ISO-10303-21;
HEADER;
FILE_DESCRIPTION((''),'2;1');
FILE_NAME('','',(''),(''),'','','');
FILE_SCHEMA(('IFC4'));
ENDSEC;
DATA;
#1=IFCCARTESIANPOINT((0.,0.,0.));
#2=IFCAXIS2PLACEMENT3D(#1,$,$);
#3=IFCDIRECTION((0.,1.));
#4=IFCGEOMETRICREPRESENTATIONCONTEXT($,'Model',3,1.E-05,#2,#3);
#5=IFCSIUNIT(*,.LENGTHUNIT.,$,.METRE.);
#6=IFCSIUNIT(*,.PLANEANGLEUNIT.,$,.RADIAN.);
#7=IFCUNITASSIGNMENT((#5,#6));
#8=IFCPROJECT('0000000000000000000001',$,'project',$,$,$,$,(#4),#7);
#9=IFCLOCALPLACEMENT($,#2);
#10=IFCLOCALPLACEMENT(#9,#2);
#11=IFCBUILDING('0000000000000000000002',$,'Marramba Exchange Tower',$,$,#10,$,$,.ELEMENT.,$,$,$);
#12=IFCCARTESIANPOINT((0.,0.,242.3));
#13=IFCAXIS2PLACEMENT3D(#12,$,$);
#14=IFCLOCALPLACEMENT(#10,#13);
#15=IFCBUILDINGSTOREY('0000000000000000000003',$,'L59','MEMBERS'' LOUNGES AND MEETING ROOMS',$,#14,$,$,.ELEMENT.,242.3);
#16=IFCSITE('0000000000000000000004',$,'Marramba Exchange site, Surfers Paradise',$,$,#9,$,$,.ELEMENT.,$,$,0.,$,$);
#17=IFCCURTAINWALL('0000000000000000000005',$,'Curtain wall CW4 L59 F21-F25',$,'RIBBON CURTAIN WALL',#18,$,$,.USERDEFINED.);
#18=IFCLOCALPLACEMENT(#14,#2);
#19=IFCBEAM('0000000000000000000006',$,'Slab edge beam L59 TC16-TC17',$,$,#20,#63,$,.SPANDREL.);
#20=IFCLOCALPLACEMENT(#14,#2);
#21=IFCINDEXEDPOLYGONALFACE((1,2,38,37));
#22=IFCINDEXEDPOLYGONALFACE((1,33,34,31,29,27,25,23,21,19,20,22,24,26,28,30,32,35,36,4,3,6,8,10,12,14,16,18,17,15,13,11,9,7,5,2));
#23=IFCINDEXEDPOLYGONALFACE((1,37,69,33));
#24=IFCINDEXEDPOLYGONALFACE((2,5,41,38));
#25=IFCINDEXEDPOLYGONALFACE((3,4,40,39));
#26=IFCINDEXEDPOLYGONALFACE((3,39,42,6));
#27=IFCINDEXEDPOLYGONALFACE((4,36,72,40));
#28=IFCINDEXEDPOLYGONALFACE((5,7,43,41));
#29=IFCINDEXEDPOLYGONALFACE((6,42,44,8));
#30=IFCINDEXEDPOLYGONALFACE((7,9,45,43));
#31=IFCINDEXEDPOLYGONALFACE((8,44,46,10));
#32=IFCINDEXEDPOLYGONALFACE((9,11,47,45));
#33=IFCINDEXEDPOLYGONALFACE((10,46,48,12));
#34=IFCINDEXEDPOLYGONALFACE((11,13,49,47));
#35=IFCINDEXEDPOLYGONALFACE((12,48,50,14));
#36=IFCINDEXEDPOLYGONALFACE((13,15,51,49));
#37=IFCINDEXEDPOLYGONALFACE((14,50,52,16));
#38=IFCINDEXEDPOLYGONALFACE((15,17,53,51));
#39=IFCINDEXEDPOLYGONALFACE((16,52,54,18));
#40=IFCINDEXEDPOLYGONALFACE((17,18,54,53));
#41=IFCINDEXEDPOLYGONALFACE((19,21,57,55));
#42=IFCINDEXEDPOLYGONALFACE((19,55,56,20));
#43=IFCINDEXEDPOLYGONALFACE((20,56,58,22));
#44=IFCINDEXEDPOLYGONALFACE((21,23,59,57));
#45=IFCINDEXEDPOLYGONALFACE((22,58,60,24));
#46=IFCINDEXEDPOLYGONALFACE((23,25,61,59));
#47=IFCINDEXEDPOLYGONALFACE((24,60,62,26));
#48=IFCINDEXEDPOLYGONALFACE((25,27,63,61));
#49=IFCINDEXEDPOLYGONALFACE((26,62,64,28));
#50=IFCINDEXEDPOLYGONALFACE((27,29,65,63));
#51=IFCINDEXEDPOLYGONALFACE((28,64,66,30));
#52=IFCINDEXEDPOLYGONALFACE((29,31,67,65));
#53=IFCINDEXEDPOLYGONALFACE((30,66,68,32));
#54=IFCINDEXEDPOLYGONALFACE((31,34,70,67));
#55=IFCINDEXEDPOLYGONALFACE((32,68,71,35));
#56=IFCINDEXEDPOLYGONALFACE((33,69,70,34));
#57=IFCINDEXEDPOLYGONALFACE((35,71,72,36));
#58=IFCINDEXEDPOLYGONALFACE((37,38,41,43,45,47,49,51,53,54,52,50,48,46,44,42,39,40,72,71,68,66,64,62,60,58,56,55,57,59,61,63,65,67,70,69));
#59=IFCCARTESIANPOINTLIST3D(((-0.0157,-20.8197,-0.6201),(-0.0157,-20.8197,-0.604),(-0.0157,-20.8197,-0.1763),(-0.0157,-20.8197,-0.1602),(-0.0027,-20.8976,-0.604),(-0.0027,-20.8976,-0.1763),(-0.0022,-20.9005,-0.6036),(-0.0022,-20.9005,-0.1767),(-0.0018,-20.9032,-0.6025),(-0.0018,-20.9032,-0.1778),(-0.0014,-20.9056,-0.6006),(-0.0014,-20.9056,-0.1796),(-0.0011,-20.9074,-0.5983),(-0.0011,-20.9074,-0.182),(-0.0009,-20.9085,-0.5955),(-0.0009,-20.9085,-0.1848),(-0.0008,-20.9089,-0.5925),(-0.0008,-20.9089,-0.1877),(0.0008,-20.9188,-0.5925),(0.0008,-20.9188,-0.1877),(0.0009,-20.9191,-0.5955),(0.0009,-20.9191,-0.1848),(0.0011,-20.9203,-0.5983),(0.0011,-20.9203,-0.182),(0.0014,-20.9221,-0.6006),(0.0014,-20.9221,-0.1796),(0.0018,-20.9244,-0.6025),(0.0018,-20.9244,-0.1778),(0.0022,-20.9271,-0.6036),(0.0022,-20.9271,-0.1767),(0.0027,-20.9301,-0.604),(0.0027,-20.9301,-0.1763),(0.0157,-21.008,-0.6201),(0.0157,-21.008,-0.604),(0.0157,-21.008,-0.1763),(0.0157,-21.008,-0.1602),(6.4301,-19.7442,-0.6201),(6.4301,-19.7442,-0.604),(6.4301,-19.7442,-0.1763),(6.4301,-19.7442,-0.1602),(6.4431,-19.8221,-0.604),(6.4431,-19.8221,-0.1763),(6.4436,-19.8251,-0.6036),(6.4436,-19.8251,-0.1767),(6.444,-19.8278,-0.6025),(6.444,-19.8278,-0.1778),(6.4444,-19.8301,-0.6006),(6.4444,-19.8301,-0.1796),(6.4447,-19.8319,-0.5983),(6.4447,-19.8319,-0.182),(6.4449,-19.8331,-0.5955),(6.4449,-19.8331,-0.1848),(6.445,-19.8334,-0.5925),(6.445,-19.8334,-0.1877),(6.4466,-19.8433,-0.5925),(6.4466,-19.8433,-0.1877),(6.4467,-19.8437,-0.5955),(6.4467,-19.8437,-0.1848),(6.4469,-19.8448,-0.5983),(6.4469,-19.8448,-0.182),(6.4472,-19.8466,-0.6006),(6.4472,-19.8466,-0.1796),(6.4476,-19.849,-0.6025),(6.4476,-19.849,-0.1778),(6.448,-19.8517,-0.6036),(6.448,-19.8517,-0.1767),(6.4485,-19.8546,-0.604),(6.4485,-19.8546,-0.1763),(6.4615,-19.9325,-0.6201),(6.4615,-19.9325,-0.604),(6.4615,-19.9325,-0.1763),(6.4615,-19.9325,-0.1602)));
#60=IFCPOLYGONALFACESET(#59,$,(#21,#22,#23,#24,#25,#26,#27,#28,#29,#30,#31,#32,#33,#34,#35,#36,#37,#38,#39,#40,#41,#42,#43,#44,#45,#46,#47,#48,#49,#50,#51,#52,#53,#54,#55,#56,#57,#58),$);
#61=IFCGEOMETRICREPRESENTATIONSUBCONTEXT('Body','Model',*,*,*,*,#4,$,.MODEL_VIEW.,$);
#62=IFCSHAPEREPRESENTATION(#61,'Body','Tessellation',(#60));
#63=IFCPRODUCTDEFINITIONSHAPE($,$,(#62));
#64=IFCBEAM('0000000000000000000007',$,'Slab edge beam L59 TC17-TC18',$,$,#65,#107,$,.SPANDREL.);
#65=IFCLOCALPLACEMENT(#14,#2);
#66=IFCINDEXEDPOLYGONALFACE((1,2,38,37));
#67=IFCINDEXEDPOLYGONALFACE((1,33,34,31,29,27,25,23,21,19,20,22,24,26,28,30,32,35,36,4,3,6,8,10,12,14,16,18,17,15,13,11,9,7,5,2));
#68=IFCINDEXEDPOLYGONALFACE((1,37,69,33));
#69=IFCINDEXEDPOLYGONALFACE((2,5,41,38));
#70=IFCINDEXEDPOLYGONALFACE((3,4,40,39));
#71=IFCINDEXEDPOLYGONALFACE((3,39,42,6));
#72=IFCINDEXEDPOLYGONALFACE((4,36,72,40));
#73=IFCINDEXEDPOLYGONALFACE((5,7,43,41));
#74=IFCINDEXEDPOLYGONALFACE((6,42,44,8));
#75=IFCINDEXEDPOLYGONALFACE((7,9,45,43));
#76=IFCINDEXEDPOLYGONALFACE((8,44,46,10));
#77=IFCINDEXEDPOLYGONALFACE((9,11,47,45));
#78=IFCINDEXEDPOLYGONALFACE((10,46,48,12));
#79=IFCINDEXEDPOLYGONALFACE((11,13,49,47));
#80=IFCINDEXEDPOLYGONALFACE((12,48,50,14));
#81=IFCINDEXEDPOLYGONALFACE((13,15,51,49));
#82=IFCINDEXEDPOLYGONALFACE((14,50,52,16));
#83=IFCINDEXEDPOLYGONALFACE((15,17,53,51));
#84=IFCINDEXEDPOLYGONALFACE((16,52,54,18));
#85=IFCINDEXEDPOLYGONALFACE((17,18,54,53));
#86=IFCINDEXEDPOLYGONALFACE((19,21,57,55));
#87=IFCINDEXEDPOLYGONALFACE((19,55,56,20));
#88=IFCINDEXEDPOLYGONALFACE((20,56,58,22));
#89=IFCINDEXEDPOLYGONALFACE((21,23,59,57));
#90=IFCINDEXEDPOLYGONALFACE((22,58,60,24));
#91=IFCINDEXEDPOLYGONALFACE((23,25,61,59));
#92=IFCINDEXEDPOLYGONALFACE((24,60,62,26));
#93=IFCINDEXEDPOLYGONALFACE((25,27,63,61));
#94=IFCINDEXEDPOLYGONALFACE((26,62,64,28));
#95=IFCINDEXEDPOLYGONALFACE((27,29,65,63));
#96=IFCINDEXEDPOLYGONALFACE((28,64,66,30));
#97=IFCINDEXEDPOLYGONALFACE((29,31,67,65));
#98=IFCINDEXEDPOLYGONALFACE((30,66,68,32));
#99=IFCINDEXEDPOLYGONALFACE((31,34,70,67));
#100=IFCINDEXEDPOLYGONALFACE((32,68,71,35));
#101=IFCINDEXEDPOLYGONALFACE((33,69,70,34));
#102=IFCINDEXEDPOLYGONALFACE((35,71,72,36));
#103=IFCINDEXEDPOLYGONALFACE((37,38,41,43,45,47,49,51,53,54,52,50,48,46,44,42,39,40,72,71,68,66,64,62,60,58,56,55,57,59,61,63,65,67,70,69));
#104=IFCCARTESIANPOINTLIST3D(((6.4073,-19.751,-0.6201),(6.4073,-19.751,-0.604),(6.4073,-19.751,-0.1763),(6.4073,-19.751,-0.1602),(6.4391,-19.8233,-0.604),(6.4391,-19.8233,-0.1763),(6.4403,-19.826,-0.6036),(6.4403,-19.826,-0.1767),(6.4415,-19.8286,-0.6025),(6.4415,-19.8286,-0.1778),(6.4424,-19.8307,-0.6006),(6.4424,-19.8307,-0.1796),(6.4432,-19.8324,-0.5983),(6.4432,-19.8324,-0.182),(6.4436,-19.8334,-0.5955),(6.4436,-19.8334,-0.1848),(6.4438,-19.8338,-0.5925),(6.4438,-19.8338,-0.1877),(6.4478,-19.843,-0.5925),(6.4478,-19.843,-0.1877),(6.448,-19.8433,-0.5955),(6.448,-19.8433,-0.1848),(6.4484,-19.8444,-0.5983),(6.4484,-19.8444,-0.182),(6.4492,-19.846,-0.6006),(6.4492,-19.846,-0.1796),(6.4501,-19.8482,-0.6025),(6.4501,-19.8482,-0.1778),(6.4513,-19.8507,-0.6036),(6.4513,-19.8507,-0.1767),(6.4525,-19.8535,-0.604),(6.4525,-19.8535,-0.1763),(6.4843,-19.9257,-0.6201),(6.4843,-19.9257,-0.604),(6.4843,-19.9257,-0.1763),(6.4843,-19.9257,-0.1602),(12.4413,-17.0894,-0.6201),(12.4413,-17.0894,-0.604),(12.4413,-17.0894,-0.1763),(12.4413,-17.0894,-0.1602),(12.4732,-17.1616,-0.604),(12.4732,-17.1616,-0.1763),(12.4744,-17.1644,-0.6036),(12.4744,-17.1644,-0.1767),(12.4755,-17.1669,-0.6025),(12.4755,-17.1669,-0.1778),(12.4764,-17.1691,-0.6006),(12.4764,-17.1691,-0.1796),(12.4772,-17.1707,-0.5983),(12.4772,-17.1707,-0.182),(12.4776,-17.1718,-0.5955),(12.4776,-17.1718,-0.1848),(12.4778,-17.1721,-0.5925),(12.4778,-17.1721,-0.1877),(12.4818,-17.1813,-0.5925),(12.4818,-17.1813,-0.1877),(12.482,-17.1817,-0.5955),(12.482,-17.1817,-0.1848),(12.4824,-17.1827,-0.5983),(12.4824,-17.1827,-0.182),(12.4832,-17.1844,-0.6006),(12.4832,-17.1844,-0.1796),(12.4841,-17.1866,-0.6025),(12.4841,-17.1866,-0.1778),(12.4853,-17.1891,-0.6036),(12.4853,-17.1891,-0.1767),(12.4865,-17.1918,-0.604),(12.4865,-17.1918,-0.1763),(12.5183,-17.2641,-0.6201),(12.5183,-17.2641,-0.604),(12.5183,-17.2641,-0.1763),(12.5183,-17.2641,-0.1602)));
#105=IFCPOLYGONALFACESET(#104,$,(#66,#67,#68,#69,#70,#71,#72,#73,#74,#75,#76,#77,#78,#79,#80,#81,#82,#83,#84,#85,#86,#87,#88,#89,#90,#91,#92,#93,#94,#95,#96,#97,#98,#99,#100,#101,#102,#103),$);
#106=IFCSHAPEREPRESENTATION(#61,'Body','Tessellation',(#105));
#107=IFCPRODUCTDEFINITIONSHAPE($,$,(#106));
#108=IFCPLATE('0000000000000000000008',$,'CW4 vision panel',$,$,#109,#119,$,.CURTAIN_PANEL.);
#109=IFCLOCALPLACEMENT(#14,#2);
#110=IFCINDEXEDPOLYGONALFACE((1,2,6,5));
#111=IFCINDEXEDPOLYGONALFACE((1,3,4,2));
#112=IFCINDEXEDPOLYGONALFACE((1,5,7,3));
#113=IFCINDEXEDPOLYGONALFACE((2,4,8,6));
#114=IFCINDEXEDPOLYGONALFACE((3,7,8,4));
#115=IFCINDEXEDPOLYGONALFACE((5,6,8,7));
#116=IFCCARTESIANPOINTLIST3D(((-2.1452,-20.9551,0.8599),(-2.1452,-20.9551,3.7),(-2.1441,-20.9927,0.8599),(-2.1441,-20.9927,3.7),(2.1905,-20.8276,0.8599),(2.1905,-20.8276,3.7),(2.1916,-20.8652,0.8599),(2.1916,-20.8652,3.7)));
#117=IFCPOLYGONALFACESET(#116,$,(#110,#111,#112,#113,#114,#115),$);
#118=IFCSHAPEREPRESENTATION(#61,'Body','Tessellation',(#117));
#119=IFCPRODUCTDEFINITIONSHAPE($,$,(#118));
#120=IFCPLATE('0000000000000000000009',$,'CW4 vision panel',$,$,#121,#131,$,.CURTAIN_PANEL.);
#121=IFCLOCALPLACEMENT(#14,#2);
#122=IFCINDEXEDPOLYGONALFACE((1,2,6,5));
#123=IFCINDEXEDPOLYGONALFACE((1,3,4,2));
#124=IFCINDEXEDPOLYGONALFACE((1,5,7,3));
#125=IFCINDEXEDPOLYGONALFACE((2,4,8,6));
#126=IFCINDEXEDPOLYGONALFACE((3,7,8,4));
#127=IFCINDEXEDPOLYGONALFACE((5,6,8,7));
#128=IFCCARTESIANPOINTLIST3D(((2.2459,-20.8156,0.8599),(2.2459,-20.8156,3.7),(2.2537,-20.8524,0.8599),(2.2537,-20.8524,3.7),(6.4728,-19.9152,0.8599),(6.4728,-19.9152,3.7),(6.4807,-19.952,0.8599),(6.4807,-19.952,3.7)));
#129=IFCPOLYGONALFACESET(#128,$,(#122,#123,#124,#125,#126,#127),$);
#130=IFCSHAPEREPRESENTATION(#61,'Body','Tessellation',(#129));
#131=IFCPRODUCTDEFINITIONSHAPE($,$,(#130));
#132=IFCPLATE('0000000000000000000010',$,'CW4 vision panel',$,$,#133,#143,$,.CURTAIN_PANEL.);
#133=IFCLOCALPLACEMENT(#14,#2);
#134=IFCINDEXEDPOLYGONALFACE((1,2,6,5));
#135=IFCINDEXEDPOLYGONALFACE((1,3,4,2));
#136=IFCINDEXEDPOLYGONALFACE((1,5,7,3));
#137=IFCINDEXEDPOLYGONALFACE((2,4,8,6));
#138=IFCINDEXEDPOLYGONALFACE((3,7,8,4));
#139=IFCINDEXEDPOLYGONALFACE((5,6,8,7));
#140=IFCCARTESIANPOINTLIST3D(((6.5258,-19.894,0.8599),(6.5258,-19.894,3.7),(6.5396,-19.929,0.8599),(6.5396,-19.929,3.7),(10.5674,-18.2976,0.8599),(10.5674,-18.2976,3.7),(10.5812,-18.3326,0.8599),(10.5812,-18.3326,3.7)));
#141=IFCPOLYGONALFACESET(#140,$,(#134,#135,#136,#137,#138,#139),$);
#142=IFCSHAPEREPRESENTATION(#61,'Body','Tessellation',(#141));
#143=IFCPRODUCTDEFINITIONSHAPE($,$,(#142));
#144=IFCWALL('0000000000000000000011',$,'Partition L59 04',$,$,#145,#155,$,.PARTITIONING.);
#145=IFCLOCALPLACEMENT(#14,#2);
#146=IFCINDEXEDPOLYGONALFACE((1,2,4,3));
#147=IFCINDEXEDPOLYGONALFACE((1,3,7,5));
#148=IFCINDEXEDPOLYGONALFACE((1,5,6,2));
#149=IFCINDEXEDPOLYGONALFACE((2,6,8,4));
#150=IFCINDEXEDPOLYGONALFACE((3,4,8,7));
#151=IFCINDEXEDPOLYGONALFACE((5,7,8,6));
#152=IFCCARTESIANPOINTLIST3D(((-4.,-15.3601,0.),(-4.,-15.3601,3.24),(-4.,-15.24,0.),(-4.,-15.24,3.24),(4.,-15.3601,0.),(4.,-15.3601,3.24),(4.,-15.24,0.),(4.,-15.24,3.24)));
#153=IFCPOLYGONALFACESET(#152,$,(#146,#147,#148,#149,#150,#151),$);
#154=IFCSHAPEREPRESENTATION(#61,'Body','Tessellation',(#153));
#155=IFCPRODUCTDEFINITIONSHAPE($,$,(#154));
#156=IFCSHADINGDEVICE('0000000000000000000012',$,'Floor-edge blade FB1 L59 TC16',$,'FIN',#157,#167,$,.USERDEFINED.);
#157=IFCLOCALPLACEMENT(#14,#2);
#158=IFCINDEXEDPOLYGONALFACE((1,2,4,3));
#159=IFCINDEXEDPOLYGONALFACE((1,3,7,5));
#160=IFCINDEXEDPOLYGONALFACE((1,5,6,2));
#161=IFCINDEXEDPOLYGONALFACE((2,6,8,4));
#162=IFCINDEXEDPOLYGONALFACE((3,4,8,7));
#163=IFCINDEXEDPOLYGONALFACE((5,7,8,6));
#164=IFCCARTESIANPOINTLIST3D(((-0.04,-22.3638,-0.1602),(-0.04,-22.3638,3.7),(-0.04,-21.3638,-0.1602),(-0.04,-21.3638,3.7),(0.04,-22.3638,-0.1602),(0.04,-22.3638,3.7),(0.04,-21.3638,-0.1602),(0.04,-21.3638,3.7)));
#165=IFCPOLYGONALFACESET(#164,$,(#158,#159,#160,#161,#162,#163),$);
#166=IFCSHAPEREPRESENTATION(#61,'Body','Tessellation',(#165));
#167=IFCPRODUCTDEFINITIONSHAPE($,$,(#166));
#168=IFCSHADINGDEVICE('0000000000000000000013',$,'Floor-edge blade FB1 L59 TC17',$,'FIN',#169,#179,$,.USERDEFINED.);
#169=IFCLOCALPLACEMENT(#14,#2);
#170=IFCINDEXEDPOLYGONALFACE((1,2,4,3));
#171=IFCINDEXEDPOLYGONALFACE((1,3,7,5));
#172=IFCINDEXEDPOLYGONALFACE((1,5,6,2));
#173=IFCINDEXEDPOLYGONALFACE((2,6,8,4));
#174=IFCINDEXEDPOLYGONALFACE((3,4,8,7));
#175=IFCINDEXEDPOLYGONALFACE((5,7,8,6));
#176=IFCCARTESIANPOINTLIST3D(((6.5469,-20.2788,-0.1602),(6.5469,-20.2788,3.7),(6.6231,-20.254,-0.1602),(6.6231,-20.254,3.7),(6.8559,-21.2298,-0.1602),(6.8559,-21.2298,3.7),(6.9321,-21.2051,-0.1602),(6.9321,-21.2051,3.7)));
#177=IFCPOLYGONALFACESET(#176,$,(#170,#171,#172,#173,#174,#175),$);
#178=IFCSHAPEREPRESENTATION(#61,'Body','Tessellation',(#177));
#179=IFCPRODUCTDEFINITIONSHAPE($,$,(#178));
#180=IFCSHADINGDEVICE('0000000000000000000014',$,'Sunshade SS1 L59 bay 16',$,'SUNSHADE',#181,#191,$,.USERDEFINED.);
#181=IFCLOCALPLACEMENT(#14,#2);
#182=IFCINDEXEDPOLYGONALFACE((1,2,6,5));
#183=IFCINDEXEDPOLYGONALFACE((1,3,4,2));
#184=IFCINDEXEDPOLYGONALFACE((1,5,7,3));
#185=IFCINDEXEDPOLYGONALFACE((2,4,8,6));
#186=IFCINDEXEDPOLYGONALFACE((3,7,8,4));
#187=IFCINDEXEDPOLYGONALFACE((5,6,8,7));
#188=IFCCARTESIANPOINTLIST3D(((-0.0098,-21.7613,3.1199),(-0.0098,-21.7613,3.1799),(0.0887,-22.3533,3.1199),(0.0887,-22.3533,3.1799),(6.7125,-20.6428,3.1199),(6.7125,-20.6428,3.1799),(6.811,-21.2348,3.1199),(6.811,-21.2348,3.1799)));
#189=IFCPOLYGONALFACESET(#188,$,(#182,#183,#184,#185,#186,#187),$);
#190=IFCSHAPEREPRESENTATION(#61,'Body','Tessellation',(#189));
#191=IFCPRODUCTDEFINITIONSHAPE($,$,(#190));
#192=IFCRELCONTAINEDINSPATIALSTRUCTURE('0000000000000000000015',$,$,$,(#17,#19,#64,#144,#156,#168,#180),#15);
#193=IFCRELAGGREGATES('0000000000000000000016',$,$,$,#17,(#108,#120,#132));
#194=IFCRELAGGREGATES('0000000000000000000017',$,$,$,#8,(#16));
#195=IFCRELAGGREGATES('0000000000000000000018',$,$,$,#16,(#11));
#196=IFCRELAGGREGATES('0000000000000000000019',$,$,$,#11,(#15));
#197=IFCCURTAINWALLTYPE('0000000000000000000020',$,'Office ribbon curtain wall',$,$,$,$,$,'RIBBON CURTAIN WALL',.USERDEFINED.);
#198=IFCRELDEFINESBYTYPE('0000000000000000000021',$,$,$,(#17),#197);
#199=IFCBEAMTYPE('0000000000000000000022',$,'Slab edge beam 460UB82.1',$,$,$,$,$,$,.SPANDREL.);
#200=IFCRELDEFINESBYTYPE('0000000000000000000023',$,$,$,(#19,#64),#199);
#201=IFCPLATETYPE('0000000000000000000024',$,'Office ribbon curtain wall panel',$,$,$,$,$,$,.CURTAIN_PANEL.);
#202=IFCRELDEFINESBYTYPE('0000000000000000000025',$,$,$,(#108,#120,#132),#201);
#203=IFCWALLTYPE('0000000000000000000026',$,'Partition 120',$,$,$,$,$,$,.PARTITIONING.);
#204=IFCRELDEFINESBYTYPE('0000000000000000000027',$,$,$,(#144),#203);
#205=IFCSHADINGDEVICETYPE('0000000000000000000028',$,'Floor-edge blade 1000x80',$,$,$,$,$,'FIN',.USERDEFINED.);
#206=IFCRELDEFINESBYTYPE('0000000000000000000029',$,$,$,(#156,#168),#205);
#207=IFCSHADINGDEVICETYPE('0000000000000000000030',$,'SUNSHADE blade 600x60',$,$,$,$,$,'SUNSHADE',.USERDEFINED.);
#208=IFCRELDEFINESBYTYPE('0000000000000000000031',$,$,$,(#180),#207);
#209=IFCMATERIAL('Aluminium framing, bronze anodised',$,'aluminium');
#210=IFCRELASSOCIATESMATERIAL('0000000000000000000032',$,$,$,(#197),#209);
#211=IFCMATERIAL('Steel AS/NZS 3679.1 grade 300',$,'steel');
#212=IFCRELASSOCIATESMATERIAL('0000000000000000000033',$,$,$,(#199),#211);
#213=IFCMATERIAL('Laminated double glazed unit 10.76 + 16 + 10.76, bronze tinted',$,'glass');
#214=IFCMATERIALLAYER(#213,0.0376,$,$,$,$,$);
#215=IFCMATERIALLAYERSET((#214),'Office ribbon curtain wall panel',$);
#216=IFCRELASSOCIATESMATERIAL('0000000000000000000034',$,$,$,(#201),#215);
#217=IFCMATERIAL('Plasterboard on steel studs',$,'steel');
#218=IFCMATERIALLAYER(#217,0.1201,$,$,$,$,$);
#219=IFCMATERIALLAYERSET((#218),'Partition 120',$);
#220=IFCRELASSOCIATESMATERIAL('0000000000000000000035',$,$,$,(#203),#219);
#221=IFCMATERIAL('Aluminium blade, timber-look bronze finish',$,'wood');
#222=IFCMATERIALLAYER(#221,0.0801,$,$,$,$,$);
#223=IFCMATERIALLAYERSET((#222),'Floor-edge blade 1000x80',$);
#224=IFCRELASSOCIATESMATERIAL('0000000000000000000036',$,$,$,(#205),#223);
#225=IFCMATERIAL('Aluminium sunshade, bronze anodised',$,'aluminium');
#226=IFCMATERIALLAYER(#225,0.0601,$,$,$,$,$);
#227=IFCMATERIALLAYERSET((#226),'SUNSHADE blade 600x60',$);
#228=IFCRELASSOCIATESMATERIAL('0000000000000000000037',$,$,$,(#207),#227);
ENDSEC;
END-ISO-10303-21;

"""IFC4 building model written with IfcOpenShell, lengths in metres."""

from ifc_helpers import new_model, si_unit, direction, frame, frame_2d, origin, origin_2d, place, context, subcontext, project, spatial, rectangle, i_section, extrude, material, layer, layer_set, material_profile, profile_set, type_object, element, aggregate, save


model = new_model("IFC4")

# Units and contexts
model_context = context("Model", 3, precision=1e-05, world=origin(), true_north=direction((0.0, 1.0)))
body_context = subcontext(model_context, "Body", "Model", "MODEL_VIEW")
ifc_project = project(units=[si_unit("LENGTHUNIT", "METRE"), si_unit("PLANEANGLEUNIT", "RADIAN")], contexts=[model_context])

# Site, building, storey
site_placement = place(None, origin())
site = spatial("IfcSite", under=ifc_project, at=site_placement, Name="Marramba Exchange site, Surfers Paradise", CompositionType="ELEMENT", RefElevation=0.0)
building_placement = place(site_placement, origin())
building = spatial("IfcBuilding", under=site, at=building_placement, Name="Marramba Exchange Tower", CompositionType="ELEMENT")
storey_placement = place(building_placement, frame((0.0, 0.0, 242.3)))
storey = spatial("IfcBuildingStorey", under=building, at=storey_placement, Name="L59", Description="MEMBERS' LOUNGES AND MEETING ROOMS", CompositionType="ELEMENT", Elevation=242.3)

# Shared definitions
ifc_material_1 = material(Name="Steel AS/NZS 3679.1 grade 300", Category="steel")

# Curtain wall
ifc_material_2 = material(Name="Aluminium framing, bronze anodised", Category="aluminium")
curtain_wall_type = type_object("IfcCurtainWallType", Name="Office ribbon curtain wall", ElementType="RIBBON CURTAIN WALL", PredefinedType="USERDEFINED", material=ifc_material_2)
curtain_wall_placement = place(storey_placement, origin())
curtain_wall = element("IfcCurtainWall", 1, at=curtain_wall_placement, inside=storey, type_object=curtain_wall_type, Name="Curtain wall CW4 L59 F21-F25", ObjectType="RIBBON CURTAIN WALL", PredefinedType="USERDEFINED")

# Beams
ifc_material_profile_1 = material_profile(ifc_material_1, i_section(OverallWidth=0.1909, OverallDepth=0.46, WebThickness=0.01, FlangeThickness=0.0161, FilletRadius=0.0115, at=origin_2d()), Name="460UB82.1")
ifc_profile_set_1 = profile_set([ifc_material_profile_1], Name="Steel AS/NZS 3679.1 grade 300")
beam_type_1 = type_object("IfcBeamType", Name="Slab edge beam 460UB82.1", PredefinedType="SPANDREL", material=ifc_profile_set_1)
beam_1_placement = place(storey_placement, frame((0.0, -20.9138, -0.3901), z_axis=(0.986366, 0.164569, 0.0), x_axis=(-0.164569, 0.986366, 0.0)))
element("IfcBeam", 2, at=beam_1_placement, inside=storey, type_object=beam_type_1, Name="Slab edge beam L59 TC16-TC17", PredefinedType="SPANDREL", context=body_context, shape_type="SweptSolid", body=[
    extrude(i_section(OverallWidth=0.1909, OverallDepth=0.46, WebThickness=0.01, FlangeThickness=0.0161, FilletRadius=0.0115, at=origin_2d()), origin(), (0.0, 0.0, 1.0), 6.5349),
])
beam_2_placement = place(storey_placement, frame((6.4458, -19.8384, -0.3901), z_axis=(0.914941, 0.403588, 0.0), x_axis=(-0.403588, 0.914941, 0.0)))
element("IfcBeam", 3, at=beam_2_placement, inside=storey, type_object=beam_type_1, Name="Slab edge beam L59 TC17-TC18", PredefinedType="SPANDREL", context=body_context, shape_type="SweptSolid", body=[
    extrude(i_section(OverallWidth=0.1909, OverallDepth=0.46, WebThickness=0.01, FlangeThickness=0.0161, FilletRadius=0.0115, at=origin_2d()), origin(), (0.0, 0.0, 1.0), 6.595),
])

# Plates
ifc_material_3 = material(Name="Laminated double glazed unit 10.76 + 16 + 10.76, bronze tinted", Category="glass")
ifc_layer_1 = layer(ifc_material_3, 0.0376)
ifc_layer_set_1 = layer_set([ifc_layer_1], Name="Office ribbon curtain wall panel")
plate_type = type_object("IfcPlateType", Name="Office ribbon curtain wall panel", PredefinedType="CURTAIN_PANEL", material=ifc_layer_set_1)
plate_1_placement = place(storey_placement, frame((0.0232, -20.9102, 0.8599), z_axis=(0.0, 0.0, 1.0), x_axis=(0.999568, 0.029393, 0.0)))
plate_1 = element("IfcPlate", 4, at=plate_1_placement, type_object=plate_type, Name="CW4 vision panel", PredefinedType="CURTAIN_PANEL", context=body_context, shape_type="SweptSolid", body=[
    extrude(rectangle(XDim=4.3376, YDim=0.0376, at=origin_2d()), origin(), (0.0, 0.0, 1.0), 2.8401),
])
plate_2_placement = place(storey_placement, frame((4.3633, -20.3838, 0.8599), z_axis=(0.0, 0.0, 1.0), x_axis=(0.978058, 0.208332, 0.0)))
plate_2 = element("IfcPlate", 5, at=plate_2_placement, type_object=plate_type, Name="CW4 vision panel", PredefinedType="CURTAIN_PANEL", context=body_context, shape_type="SweptSolid", body=[
    extrude(rectangle(XDim=4.3218, YDim=0.0376, at=origin_2d()), origin(), (0.0, 0.0, 1.0), 2.8401),
])
plate_3_placement = place(storey_placement, frame((8.5535, -19.1133, 0.8599), z_axis=(0.0, 0.0, 1.0), x_axis=(0.930073, 0.367375, 0.0)))
plate_3 = element("IfcPlate", 6, at=plate_3_placement, type_object=plate_type, Name="CW4 vision panel", PredefinedType="CURTAIN_PANEL", context=body_context, shape_type="SweptSolid", body=[
    extrude(rectangle(XDim=4.3455, YDim=0.0376, at=origin_2d()), origin(), (0.0, 0.0, 1.0), 2.8401),
])
aggregate(curtain_wall, [plate_1, plate_2, plate_3])

# Wall
ifc_material_4 = material(Name="Plasterboard on steel studs", Category="steel")
ifc_layer_2 = layer(ifc_material_4, 0.1201)
ifc_layer_set_2 = layer_set([ifc_layer_2], Name="Partition 120")
wall_type = type_object("IfcWallType", Name="Partition 120", PredefinedType="PARTITIONING", material=ifc_layer_set_2)
wall_placement = place(storey_placement, frame((4.0, -15.3, 0.0), z_axis=(0.0, 0.0, 1.0), x_axis=(-1.0, 0.0, 0.0)))
element("IfcWall", 7, at=wall_placement, inside=storey, type_object=wall_type, Name="Partition L59 04", PredefinedType="PARTITIONING", context=body_context, shape_type="SweptSolid", body=[
    extrude(rectangle(XDim=8.0, YDim=0.1201, at=frame_2d((4.0, 0.0))), origin(), (0.0, 0.0, 1.0), 3.24),
])

# Shading devices
ifc_material_5 = material(Name="Aluminium blade, timber-look bronze finish", Category="wood")
ifc_layer_3 = layer(ifc_material_5, 0.0801)
ifc_layer_set_3 = layer_set([ifc_layer_3], Name="Floor-edge blade 1000x80")
shading_device_type_1 = type_object("IfcShadingDeviceType", Name="Floor-edge blade 1000x80", ElementType="FIN", PredefinedType="USERDEFINED", material=ifc_layer_set_3)
for number, where, z_axis, x_axis, name in (
    (8, (0.0, -21.8638, -0.1602), (0.0, 0.0, 1.0), (0.0, -1.0, 0.0), "Floor-edge blade FB1 L59 TC16"),
    (9, (6.7395, -20.7419, -0.1602), (0.0, 0.0, 1.0), (0.309017, -0.951057, 0.0), "Floor-edge blade FB1 L59 TC17"),
):
    element("IfcShadingDevice", number, at=place(storey_placement, frame(where, z_axis=z_axis, x_axis=x_axis)), inside=storey, type_object=shading_device_type_1, Name=name, ObjectType="FIN", PredefinedType="USERDEFINED", context=body_context, shape_type="SweptSolid", body=[
        extrude(rectangle(XDim=1.0, YDim=0.0801, at=origin_2d()), origin(), (0.0, 0.0, 1.0), 3.8601),
    ])
ifc_material_6 = material(Name="Aluminium sunshade, bronze anodised", Category="aluminium")
ifc_layer_4 = layer(ifc_material_6, 0.0601)
ifc_layer_set_4 = layer_set([ifc_layer_4], Name="SUNSHADE blade 600x60")
shading_device_type_2 = type_object("IfcShadingDeviceType", Name="SUNSHADE blade 600x60", ElementType="SUNSHADE", PredefinedType="USERDEFINED", material=ifc_layer_set_4)
shading_device_placement = place(storey_placement, frame((3.4006, -21.498, 3.1199), z_axis=(0.0, 0.0, 1.0), x_axis=(0.98644, 0.164125, 0.0)))
element("IfcShadingDevice", 10, at=shading_device_placement, inside=storey, type_object=shading_device_type_2, Name="Sunshade SS1 L59 bay 16", ObjectType="SUNSHADE", PredefinedType="USERDEFINED", context=body_context, shape_type="SweptSolid", body=[
    extrude(rectangle(XDim=6.8147, YDim=0.6001, at=origin_2d()), origin(), (0.0, 0.0, 1.0), 0.0601),
])

save(model, "model.ifc")
